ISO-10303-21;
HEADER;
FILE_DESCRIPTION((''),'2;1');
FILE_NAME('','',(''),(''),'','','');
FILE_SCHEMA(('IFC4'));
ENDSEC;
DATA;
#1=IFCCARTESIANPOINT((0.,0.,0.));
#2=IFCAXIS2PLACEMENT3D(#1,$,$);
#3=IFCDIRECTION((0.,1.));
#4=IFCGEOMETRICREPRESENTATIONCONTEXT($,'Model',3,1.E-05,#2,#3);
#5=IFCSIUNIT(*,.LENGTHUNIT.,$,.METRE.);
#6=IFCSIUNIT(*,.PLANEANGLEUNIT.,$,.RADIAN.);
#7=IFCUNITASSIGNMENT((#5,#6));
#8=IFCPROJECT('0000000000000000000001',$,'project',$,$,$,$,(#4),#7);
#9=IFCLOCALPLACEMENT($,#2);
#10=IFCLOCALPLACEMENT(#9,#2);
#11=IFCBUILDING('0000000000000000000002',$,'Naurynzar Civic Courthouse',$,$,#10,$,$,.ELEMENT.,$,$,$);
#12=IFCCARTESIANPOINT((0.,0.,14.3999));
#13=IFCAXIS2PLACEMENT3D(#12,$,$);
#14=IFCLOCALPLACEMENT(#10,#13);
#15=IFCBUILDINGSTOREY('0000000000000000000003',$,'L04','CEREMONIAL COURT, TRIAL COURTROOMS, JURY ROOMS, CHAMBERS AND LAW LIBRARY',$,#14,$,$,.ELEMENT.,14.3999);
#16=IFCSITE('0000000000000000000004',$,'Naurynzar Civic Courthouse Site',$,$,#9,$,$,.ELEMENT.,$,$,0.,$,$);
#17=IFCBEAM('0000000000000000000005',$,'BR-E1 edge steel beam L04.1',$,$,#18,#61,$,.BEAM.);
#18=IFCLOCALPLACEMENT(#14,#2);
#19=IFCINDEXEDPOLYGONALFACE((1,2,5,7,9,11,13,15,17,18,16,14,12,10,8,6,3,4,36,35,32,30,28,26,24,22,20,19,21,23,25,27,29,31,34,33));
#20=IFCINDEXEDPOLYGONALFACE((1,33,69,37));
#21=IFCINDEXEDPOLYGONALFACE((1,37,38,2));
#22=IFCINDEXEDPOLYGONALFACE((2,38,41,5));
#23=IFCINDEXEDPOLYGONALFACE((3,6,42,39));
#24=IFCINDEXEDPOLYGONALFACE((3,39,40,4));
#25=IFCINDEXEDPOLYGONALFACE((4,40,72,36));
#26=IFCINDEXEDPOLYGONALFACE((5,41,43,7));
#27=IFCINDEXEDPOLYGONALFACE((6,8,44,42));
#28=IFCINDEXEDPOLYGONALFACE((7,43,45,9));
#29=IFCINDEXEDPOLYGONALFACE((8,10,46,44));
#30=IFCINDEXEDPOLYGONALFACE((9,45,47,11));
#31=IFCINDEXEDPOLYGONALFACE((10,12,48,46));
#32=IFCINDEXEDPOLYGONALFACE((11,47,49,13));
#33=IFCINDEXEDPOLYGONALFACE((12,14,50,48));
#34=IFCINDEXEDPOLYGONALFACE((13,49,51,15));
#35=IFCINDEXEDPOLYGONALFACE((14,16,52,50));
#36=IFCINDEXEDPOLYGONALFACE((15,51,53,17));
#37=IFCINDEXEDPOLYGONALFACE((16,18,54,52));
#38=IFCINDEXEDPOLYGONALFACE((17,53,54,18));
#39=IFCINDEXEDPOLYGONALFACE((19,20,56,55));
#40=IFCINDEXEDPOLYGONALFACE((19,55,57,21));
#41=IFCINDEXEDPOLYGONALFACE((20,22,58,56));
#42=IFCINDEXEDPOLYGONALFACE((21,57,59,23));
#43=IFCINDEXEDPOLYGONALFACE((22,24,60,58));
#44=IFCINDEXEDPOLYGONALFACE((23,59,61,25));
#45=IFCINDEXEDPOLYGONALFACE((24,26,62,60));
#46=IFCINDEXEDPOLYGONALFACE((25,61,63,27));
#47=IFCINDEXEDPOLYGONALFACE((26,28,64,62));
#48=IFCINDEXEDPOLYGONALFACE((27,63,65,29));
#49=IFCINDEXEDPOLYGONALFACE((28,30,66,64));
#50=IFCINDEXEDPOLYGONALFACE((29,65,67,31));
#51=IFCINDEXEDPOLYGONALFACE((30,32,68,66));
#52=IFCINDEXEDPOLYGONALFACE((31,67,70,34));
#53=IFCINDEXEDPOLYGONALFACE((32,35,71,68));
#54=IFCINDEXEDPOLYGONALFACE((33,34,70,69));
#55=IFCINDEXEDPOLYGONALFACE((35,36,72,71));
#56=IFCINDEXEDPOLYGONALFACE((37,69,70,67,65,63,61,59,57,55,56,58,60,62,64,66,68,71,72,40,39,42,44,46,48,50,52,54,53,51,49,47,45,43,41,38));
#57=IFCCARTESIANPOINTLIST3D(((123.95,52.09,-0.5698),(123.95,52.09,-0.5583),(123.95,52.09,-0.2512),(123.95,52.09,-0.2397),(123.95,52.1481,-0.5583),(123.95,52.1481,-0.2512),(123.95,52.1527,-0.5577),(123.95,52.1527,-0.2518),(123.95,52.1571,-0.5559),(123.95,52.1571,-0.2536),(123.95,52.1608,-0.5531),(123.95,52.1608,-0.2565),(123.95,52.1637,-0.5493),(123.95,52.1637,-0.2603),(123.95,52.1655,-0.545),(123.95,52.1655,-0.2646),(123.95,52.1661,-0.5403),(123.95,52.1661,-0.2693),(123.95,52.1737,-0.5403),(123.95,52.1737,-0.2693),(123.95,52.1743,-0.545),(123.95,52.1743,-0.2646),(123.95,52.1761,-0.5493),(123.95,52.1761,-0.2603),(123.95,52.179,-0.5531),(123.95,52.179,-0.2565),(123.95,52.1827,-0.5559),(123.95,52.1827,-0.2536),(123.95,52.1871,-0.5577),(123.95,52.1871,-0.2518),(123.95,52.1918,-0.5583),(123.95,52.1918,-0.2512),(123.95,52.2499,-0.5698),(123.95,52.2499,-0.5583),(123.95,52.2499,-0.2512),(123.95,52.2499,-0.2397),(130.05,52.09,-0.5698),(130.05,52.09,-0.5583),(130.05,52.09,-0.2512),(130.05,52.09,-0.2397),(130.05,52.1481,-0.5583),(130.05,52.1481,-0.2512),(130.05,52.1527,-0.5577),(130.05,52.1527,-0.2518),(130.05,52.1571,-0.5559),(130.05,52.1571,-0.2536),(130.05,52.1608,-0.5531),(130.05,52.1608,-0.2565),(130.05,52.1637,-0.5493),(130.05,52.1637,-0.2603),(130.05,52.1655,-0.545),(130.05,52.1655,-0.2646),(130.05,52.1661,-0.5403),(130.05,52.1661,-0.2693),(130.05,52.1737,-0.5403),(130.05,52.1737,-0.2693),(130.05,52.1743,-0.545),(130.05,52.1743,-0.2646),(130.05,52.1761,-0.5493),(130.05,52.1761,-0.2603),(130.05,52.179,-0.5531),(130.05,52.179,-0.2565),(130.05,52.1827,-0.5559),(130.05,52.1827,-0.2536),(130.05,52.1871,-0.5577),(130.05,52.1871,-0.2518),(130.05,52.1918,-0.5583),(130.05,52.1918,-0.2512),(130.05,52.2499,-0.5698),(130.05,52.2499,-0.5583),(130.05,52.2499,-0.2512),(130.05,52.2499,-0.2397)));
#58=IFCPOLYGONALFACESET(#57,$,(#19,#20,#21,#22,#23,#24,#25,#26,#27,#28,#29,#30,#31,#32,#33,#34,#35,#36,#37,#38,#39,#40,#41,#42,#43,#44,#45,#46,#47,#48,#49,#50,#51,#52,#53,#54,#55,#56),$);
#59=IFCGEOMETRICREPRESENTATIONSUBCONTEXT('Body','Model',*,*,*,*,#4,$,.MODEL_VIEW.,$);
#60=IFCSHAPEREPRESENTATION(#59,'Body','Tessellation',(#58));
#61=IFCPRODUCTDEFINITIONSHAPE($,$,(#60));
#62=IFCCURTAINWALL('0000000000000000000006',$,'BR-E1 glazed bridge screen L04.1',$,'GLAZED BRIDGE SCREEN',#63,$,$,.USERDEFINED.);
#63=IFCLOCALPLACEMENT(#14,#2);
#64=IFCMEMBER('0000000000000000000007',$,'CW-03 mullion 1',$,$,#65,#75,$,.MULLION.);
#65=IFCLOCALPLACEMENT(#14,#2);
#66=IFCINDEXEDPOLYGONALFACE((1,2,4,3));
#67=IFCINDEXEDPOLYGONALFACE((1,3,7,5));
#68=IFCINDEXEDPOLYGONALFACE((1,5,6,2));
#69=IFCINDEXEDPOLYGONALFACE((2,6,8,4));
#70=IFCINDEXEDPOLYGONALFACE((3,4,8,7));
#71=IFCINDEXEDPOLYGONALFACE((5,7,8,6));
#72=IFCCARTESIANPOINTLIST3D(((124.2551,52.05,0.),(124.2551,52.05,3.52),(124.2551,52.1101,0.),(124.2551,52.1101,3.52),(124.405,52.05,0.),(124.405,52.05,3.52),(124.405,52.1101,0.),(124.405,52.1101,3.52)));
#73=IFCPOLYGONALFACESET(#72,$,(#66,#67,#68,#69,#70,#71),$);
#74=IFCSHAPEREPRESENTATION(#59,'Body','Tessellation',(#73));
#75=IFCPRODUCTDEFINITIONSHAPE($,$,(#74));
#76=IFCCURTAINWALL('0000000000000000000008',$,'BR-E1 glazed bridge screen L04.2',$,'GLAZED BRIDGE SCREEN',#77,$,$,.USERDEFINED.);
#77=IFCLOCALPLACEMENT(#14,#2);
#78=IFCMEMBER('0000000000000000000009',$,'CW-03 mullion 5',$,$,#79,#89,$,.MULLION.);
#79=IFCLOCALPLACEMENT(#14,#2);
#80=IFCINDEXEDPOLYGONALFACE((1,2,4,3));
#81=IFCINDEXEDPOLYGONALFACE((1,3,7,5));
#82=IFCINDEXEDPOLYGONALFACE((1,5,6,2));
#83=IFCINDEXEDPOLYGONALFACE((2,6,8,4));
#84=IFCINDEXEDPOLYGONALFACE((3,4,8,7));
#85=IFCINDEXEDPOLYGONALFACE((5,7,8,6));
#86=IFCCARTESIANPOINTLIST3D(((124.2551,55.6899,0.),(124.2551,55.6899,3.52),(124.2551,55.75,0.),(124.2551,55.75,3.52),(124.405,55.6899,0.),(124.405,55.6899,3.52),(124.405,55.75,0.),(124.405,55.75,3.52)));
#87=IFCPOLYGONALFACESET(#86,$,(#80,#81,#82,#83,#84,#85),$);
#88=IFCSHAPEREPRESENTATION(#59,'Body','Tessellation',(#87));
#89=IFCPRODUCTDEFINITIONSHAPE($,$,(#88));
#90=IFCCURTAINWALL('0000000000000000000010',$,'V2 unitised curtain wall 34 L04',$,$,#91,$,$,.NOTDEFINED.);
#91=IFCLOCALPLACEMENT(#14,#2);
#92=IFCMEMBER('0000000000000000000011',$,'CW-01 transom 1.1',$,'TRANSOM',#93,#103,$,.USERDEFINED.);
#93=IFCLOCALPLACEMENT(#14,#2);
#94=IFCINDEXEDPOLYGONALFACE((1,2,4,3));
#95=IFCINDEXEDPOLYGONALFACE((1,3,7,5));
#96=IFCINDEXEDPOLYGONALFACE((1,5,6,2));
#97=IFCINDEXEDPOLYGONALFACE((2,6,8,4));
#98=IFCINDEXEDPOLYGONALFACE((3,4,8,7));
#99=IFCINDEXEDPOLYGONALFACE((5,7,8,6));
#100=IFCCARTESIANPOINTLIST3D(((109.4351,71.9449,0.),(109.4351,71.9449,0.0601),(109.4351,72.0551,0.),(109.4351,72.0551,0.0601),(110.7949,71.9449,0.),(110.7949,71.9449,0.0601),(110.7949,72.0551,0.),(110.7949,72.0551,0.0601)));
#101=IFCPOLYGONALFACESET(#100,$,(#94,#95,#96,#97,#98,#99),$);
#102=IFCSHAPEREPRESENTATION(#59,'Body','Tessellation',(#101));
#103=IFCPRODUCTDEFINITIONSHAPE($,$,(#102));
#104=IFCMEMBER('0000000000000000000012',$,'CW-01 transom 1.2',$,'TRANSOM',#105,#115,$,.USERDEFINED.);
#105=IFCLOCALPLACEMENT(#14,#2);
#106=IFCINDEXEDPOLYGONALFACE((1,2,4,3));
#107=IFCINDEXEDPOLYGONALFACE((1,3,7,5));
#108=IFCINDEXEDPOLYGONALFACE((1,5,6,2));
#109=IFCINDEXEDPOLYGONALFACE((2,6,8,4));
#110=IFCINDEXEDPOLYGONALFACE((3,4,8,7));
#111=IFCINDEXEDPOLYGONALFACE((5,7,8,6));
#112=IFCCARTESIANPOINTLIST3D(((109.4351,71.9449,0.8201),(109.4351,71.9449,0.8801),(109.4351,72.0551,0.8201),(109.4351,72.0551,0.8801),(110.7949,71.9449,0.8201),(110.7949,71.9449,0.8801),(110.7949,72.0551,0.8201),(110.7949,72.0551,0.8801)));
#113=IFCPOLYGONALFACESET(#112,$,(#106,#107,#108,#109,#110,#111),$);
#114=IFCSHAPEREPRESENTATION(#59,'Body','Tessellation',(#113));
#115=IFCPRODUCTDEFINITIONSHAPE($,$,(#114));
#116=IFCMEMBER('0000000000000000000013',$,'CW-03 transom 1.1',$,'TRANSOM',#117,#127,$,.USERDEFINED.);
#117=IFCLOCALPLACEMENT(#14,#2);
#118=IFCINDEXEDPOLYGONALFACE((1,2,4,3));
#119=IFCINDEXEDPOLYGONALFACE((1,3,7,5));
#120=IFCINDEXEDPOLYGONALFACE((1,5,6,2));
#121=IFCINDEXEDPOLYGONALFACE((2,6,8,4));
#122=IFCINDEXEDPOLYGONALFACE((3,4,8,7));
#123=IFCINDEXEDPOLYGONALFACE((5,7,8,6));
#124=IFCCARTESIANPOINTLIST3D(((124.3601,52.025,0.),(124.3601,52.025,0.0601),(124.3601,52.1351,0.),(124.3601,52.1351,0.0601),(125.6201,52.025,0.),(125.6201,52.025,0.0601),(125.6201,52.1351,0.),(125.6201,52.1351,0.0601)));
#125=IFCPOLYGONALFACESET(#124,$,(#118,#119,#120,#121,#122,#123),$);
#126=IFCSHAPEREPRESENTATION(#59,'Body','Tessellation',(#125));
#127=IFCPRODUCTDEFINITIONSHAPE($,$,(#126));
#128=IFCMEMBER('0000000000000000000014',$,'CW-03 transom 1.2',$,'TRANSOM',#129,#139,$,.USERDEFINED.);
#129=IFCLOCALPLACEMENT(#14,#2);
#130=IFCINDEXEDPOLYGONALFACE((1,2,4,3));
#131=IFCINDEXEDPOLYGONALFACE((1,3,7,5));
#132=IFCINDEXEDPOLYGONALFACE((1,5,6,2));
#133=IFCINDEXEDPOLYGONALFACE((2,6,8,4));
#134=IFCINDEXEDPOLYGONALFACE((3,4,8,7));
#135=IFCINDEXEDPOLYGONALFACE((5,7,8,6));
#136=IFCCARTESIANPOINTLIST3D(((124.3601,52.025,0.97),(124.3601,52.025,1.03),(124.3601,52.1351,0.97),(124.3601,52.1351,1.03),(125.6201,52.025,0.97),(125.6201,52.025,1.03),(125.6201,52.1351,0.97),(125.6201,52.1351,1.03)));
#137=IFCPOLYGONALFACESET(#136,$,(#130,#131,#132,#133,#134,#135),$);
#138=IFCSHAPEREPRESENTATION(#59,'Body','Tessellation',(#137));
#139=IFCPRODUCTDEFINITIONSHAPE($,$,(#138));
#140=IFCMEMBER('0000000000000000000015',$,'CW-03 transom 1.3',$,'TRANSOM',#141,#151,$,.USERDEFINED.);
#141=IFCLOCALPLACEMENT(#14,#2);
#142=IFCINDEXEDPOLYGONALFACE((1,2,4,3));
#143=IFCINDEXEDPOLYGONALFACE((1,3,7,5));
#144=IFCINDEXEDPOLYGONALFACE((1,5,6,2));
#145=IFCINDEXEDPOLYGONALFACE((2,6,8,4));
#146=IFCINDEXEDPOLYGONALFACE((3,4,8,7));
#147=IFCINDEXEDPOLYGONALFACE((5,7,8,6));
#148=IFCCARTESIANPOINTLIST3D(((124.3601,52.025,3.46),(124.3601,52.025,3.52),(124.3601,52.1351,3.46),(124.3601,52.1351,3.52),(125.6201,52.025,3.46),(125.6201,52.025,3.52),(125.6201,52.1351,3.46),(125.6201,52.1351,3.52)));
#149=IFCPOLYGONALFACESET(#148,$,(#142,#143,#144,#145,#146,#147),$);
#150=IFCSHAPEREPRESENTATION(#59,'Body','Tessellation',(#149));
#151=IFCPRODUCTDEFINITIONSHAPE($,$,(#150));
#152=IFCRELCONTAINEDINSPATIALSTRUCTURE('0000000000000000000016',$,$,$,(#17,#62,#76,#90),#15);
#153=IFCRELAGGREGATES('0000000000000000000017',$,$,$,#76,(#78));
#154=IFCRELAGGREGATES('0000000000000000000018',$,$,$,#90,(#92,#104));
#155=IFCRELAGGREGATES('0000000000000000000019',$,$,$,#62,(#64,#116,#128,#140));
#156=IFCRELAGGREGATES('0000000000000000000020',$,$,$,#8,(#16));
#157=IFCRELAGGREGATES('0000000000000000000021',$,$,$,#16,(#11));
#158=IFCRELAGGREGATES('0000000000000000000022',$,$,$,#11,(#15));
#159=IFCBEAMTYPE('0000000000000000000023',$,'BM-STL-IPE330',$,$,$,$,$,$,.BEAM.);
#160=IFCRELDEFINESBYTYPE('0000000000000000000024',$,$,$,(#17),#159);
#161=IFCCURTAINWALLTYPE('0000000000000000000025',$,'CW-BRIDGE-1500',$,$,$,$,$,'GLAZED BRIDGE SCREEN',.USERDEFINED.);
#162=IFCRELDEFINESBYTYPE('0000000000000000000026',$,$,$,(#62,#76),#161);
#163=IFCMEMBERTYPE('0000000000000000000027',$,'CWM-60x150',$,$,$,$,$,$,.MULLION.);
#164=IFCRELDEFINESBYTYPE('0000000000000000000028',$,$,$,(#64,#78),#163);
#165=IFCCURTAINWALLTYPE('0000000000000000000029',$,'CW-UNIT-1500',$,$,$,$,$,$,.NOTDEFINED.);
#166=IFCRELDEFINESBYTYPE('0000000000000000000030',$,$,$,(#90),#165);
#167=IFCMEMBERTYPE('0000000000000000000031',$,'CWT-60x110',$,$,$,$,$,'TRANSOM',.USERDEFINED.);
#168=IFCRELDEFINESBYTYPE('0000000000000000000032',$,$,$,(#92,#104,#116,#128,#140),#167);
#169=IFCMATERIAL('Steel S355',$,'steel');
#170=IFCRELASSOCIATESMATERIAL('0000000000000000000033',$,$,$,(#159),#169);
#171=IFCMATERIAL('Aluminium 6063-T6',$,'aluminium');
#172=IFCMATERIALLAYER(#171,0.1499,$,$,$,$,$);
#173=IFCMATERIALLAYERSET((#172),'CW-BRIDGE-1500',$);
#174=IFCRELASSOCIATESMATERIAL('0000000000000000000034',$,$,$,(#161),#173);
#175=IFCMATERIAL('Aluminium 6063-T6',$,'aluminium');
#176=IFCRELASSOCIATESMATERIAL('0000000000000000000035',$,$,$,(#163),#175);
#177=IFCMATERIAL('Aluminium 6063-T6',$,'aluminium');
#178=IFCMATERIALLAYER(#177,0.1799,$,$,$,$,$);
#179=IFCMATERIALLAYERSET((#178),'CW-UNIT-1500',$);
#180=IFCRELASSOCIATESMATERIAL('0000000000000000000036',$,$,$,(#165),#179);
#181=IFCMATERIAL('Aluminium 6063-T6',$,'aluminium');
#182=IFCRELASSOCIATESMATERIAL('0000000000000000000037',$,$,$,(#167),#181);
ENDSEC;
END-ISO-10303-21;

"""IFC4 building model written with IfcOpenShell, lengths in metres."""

from ifc_helpers import new_model, si_unit, direction, frame, origin, origin_2d, place, context, subcontext, project, spatial, rectangle, i_section, extrude, material, layer, layer_set, material_profile, profile_set, type_object, element, aggregate, save


model = new_model("IFC4")

# Units and contexts
model_context = context("Model", 3, precision=1e-05, world=origin(), true_north=direction((0.0, 1.0)))
body_context = subcontext(model_context, "Body", "Model", "MODEL_VIEW")
ifc_project = project(units=[si_unit("LENGTHUNIT", "METRE"), si_unit("PLANEANGLEUNIT", "RADIAN")], contexts=[model_context])

# Site, building, storey
site_placement = place(None, origin())
site = spatial("IfcSite", under=ifc_project, at=site_placement, Name="Naurynzar Civic Courthouse Site", CompositionType="ELEMENT", RefElevation=0.0)
building_placement = place(site_placement, origin())
building = spatial("IfcBuilding", under=site, at=building_placement, Name="Naurynzar Civic Courthouse", CompositionType="ELEMENT")
storey_placement = place(building_placement, frame((0.0, 0.0, 14.3999)))
storey = spatial("IfcBuildingStorey", under=building, at=storey_placement, Name="L04", Description="CEREMONIAL COURT, TRIAL COURTROOMS, JURY ROOMS, CHAMBERS AND LAW LIBRARY", CompositionType="ELEMENT", Elevation=14.3999)

# Beam
ifc_material_1 = material(Name="Steel S355", Category="steel")
ifc_material_profile_1 = material_profile(ifc_material_1, i_section(OverallWidth=0.1599, OverallDepth=0.3301, WebThickness=0.0076, FlangeThickness=0.0115, FilletRadius=0.0181, at=origin_2d()), Name="IPE 330")
ifc_profile_set_1 = profile_set([ifc_material_profile_1], Name="Steel S355")
beam_type_1 = type_object("IfcBeamType", Name="BM-STL-IPE330", PredefinedType="BEAM", material=ifc_profile_set_1)
beam_1_placement = place(storey_placement, frame((123.95, 52.1699, -0.4048), z_axis=(1.0, 0.0, 0.0), x_axis=(0.0, 1.0, 0.0)))
element("IfcBeam", 1, at=beam_1_placement, inside=storey, type_object=beam_type_1, Name="BR-E1 edge steel beam L04.1", PredefinedType="BEAM", context=body_context, shape_type="SweptSolid", body=[
    extrude(i_section(OverallWidth=0.1599, OverallDepth=0.3301, WebThickness=0.0076, FlangeThickness=0.0115, FilletRadius=0.0181, at=origin_2d()), origin(), (0.0, 0.0, 1.0), 6.1001),
])

# Curtain walls, members
ifc_material_2 = material(Name="Aluminium 6063-T6", Category="aluminium")
ifc_layer_1 = layer(ifc_material_2, 0.1499)
ifc_layer_set_1 = layer_set([ifc_layer_1], Name="CW-BRIDGE-1500")
curtain_wall_type_1 = type_object("IfcCurtainWallType", Name="CW-BRIDGE-1500", ElementType="GLAZED BRIDGE SCREEN", PredefinedType="USERDEFINED", material=ifc_layer_set_1)
curtain_wall_1_placement = place(storey_placement, origin())
curtain_wall_1 = element("IfcCurtainWall", 2, at=curtain_wall_1_placement, inside=storey, type_object=curtain_wall_type_1, Name="BR-E1 glazed bridge screen L04.1", ObjectType="GLAZED BRIDGE SCREEN", PredefinedType="USERDEFINED")
ifc_material_3 = material(Name="Aluminium 6063-T6", Category="aluminium")
ifc_material_profile_2 = material_profile(ifc_material_3, rectangle(XDim=0.0601, YDim=0.1499, at=origin_2d()), Name="ALU MULLION 60x150")
ifc_profile_set_2 = profile_set([ifc_material_profile_2], Name="Aluminium 6063-T6")
member_type_1 = type_object("IfcMemberType", Name="CWM-60x150", PredefinedType="MULLION", material=ifc_profile_set_2)
member_1_placement = place(storey_placement, frame((124.3301, 52.0801, 0.0), z_axis=(0.0, 0.0, 1.0), x_axis=(0.0, 1.0, 0.0)))
member_1 = element("IfcMember", 3, at=member_1_placement, type_object=member_type_1, Name="CW-03 mullion 1", PredefinedType="MULLION", context=body_context, shape_type="SweptSolid", body=[
    extrude(rectangle(XDim=0.0601, YDim=0.1499, at=origin_2d()), origin(), (0.0, 0.0, 1.0), 3.52),
])
curtain_wall_2_placement = place(storey_placement, origin())
curtain_wall_2 = element("IfcCurtainWall", 4, at=curtain_wall_2_placement, inside=storey, type_object=curtain_wall_type_1, Name="BR-E1 glazed bridge screen L04.2", ObjectType="GLAZED BRIDGE SCREEN", PredefinedType="USERDEFINED")
member_2_placement = place(storey_placement, frame((124.3301, 55.72, 0.0), z_axis=(0.0, 0.0, 1.0), x_axis=(0.0, -1.0, 0.0)))
member_2 = element("IfcMember", 5, at=member_2_placement, type_object=member_type_1, Name="CW-03 mullion 5", PredefinedType="MULLION", context=body_context, shape_type="SweptSolid", body=[
    extrude(rectangle(XDim=0.0601, YDim=0.1499, at=origin_2d()), origin(), (0.0, 0.0, 1.0), 3.52),
])
aggregate(curtain_wall_2, [member_2])

# Curtain wall, members
ifc_material_4 = material(Name="Aluminium 6063-T6", Category="aluminium")
ifc_layer_2 = layer(ifc_material_4, 0.1799)
ifc_layer_set_2 = layer_set([ifc_layer_2], Name="CW-UNIT-1500")
curtain_wall_type_2 = type_object("IfcCurtainWallType", Name="CW-UNIT-1500", PredefinedType="NOTDEFINED", material=ifc_layer_set_2)
curtain_wall_3_placement = place(storey_placement, origin())
curtain_wall_3 = element("IfcCurtainWall", 6, at=curtain_wall_3_placement, inside=storey, type_object=curtain_wall_type_2, Name="V2 unitised curtain wall 34 L04", PredefinedType="NOTDEFINED")
ifc_material_5 = material(Name="Aluminium 6063-T6", Category="aluminium")
ifc_material_profile_3 = material_profile(ifc_material_5, rectangle(XDim=0.1101, YDim=0.0601, at=origin_2d()), Name="ALU TRANSOM 60x110")
ifc_profile_set_3 = profile_set([ifc_material_profile_3], Name="Aluminium 6063-T6")
member_type_2 = type_object("IfcMemberType", Name="CWT-60x110", ElementType="TRANSOM", PredefinedType="USERDEFINED", material=ifc_profile_set_3)
member_3_placement = place(storey_placement, frame((109.4351, 72.0, 0.03), z_axis=(1.0, 0.0, 0.0), x_axis=(0.0, 1.0, 0.0)))
member_3 = element("IfcMember", 7, at=member_3_placement, type_object=member_type_2, Name="CW-01 transom 1.1", ObjectType="TRANSOM", PredefinedType="USERDEFINED", context=body_context, shape_type="SweptSolid", body=[
    extrude(rectangle(XDim=0.1101, YDim=0.0601, at=origin_2d()), origin(), (0.0, 0.0, 1.0), 1.3599),
])
member_4_placement = place(storey_placement, frame((109.4351, 72.0, 0.8501), z_axis=(1.0, 0.0, 0.0), x_axis=(0.0, 1.0, 0.0)))
member_4 = element("IfcMember", 8, at=member_4_placement, type_object=member_type_2, Name="CW-01 transom 1.2", ObjectType="TRANSOM", PredefinedType="USERDEFINED", context=body_context, shape_type="SweptSolid", body=[
    extrude(rectangle(XDim=0.1101, YDim=0.0601, at=origin_2d()), origin(), (0.0, 0.0, 1.0), 1.3599),
])
aggregate(curtain_wall_3, [member_3, member_4])

# Members
member_5_placement = place(storey_placement, frame((124.3601, 52.0801, 0.03), z_axis=(1.0, 0.0, 0.0), x_axis=(0.0, 1.0, 0.0)))
member_5 = element("IfcMember", 9, at=member_5_placement, type_object=member_type_2, Name="CW-03 transom 1.1", ObjectType="TRANSOM", PredefinedType="USERDEFINED", context=body_context, shape_type="SweptSolid", body=[
    extrude(rectangle(XDim=0.1101, YDim=0.0601, at=origin_2d()), origin(), (0.0, 0.0, 1.0), 1.26),
])
member_6_placement = place(storey_placement, frame((124.3601, 52.0801, 1.0), z_axis=(1.0, 0.0, 0.0), x_axis=(0.0, 1.0, 0.0)))
member_6 = element("IfcMember", 10, at=member_6_placement, type_object=member_type_2, Name="CW-03 transom 1.2", ObjectType="TRANSOM", PredefinedType="USERDEFINED", context=body_context, shape_type="SweptSolid", body=[
    extrude(rectangle(XDim=0.1101, YDim=0.0601, at=origin_2d()), origin(), (0.0, 0.0, 1.0), 1.26),
])
member_7_placement = place(storey_placement, frame((124.3601, 52.0801, 3.49), z_axis=(1.0, 0.0, 0.0), x_axis=(0.0, 1.0, 0.0)))
member_7 = element("IfcMember", 11, at=member_7_placement, type_object=member_type_2, Name="CW-03 transom 1.3", ObjectType="TRANSOM", PredefinedType="USERDEFINED", context=body_context, shape_type="SweptSolid", body=[
    extrude(rectangle(XDim=0.1101, YDim=0.0601, at=origin_2d()), origin(), (0.0, 0.0, 1.0), 1.26),
])

aggregate(curtain_wall_1, [member_1, member_5, member_6, member_7])

save(model, "model.ifc")
